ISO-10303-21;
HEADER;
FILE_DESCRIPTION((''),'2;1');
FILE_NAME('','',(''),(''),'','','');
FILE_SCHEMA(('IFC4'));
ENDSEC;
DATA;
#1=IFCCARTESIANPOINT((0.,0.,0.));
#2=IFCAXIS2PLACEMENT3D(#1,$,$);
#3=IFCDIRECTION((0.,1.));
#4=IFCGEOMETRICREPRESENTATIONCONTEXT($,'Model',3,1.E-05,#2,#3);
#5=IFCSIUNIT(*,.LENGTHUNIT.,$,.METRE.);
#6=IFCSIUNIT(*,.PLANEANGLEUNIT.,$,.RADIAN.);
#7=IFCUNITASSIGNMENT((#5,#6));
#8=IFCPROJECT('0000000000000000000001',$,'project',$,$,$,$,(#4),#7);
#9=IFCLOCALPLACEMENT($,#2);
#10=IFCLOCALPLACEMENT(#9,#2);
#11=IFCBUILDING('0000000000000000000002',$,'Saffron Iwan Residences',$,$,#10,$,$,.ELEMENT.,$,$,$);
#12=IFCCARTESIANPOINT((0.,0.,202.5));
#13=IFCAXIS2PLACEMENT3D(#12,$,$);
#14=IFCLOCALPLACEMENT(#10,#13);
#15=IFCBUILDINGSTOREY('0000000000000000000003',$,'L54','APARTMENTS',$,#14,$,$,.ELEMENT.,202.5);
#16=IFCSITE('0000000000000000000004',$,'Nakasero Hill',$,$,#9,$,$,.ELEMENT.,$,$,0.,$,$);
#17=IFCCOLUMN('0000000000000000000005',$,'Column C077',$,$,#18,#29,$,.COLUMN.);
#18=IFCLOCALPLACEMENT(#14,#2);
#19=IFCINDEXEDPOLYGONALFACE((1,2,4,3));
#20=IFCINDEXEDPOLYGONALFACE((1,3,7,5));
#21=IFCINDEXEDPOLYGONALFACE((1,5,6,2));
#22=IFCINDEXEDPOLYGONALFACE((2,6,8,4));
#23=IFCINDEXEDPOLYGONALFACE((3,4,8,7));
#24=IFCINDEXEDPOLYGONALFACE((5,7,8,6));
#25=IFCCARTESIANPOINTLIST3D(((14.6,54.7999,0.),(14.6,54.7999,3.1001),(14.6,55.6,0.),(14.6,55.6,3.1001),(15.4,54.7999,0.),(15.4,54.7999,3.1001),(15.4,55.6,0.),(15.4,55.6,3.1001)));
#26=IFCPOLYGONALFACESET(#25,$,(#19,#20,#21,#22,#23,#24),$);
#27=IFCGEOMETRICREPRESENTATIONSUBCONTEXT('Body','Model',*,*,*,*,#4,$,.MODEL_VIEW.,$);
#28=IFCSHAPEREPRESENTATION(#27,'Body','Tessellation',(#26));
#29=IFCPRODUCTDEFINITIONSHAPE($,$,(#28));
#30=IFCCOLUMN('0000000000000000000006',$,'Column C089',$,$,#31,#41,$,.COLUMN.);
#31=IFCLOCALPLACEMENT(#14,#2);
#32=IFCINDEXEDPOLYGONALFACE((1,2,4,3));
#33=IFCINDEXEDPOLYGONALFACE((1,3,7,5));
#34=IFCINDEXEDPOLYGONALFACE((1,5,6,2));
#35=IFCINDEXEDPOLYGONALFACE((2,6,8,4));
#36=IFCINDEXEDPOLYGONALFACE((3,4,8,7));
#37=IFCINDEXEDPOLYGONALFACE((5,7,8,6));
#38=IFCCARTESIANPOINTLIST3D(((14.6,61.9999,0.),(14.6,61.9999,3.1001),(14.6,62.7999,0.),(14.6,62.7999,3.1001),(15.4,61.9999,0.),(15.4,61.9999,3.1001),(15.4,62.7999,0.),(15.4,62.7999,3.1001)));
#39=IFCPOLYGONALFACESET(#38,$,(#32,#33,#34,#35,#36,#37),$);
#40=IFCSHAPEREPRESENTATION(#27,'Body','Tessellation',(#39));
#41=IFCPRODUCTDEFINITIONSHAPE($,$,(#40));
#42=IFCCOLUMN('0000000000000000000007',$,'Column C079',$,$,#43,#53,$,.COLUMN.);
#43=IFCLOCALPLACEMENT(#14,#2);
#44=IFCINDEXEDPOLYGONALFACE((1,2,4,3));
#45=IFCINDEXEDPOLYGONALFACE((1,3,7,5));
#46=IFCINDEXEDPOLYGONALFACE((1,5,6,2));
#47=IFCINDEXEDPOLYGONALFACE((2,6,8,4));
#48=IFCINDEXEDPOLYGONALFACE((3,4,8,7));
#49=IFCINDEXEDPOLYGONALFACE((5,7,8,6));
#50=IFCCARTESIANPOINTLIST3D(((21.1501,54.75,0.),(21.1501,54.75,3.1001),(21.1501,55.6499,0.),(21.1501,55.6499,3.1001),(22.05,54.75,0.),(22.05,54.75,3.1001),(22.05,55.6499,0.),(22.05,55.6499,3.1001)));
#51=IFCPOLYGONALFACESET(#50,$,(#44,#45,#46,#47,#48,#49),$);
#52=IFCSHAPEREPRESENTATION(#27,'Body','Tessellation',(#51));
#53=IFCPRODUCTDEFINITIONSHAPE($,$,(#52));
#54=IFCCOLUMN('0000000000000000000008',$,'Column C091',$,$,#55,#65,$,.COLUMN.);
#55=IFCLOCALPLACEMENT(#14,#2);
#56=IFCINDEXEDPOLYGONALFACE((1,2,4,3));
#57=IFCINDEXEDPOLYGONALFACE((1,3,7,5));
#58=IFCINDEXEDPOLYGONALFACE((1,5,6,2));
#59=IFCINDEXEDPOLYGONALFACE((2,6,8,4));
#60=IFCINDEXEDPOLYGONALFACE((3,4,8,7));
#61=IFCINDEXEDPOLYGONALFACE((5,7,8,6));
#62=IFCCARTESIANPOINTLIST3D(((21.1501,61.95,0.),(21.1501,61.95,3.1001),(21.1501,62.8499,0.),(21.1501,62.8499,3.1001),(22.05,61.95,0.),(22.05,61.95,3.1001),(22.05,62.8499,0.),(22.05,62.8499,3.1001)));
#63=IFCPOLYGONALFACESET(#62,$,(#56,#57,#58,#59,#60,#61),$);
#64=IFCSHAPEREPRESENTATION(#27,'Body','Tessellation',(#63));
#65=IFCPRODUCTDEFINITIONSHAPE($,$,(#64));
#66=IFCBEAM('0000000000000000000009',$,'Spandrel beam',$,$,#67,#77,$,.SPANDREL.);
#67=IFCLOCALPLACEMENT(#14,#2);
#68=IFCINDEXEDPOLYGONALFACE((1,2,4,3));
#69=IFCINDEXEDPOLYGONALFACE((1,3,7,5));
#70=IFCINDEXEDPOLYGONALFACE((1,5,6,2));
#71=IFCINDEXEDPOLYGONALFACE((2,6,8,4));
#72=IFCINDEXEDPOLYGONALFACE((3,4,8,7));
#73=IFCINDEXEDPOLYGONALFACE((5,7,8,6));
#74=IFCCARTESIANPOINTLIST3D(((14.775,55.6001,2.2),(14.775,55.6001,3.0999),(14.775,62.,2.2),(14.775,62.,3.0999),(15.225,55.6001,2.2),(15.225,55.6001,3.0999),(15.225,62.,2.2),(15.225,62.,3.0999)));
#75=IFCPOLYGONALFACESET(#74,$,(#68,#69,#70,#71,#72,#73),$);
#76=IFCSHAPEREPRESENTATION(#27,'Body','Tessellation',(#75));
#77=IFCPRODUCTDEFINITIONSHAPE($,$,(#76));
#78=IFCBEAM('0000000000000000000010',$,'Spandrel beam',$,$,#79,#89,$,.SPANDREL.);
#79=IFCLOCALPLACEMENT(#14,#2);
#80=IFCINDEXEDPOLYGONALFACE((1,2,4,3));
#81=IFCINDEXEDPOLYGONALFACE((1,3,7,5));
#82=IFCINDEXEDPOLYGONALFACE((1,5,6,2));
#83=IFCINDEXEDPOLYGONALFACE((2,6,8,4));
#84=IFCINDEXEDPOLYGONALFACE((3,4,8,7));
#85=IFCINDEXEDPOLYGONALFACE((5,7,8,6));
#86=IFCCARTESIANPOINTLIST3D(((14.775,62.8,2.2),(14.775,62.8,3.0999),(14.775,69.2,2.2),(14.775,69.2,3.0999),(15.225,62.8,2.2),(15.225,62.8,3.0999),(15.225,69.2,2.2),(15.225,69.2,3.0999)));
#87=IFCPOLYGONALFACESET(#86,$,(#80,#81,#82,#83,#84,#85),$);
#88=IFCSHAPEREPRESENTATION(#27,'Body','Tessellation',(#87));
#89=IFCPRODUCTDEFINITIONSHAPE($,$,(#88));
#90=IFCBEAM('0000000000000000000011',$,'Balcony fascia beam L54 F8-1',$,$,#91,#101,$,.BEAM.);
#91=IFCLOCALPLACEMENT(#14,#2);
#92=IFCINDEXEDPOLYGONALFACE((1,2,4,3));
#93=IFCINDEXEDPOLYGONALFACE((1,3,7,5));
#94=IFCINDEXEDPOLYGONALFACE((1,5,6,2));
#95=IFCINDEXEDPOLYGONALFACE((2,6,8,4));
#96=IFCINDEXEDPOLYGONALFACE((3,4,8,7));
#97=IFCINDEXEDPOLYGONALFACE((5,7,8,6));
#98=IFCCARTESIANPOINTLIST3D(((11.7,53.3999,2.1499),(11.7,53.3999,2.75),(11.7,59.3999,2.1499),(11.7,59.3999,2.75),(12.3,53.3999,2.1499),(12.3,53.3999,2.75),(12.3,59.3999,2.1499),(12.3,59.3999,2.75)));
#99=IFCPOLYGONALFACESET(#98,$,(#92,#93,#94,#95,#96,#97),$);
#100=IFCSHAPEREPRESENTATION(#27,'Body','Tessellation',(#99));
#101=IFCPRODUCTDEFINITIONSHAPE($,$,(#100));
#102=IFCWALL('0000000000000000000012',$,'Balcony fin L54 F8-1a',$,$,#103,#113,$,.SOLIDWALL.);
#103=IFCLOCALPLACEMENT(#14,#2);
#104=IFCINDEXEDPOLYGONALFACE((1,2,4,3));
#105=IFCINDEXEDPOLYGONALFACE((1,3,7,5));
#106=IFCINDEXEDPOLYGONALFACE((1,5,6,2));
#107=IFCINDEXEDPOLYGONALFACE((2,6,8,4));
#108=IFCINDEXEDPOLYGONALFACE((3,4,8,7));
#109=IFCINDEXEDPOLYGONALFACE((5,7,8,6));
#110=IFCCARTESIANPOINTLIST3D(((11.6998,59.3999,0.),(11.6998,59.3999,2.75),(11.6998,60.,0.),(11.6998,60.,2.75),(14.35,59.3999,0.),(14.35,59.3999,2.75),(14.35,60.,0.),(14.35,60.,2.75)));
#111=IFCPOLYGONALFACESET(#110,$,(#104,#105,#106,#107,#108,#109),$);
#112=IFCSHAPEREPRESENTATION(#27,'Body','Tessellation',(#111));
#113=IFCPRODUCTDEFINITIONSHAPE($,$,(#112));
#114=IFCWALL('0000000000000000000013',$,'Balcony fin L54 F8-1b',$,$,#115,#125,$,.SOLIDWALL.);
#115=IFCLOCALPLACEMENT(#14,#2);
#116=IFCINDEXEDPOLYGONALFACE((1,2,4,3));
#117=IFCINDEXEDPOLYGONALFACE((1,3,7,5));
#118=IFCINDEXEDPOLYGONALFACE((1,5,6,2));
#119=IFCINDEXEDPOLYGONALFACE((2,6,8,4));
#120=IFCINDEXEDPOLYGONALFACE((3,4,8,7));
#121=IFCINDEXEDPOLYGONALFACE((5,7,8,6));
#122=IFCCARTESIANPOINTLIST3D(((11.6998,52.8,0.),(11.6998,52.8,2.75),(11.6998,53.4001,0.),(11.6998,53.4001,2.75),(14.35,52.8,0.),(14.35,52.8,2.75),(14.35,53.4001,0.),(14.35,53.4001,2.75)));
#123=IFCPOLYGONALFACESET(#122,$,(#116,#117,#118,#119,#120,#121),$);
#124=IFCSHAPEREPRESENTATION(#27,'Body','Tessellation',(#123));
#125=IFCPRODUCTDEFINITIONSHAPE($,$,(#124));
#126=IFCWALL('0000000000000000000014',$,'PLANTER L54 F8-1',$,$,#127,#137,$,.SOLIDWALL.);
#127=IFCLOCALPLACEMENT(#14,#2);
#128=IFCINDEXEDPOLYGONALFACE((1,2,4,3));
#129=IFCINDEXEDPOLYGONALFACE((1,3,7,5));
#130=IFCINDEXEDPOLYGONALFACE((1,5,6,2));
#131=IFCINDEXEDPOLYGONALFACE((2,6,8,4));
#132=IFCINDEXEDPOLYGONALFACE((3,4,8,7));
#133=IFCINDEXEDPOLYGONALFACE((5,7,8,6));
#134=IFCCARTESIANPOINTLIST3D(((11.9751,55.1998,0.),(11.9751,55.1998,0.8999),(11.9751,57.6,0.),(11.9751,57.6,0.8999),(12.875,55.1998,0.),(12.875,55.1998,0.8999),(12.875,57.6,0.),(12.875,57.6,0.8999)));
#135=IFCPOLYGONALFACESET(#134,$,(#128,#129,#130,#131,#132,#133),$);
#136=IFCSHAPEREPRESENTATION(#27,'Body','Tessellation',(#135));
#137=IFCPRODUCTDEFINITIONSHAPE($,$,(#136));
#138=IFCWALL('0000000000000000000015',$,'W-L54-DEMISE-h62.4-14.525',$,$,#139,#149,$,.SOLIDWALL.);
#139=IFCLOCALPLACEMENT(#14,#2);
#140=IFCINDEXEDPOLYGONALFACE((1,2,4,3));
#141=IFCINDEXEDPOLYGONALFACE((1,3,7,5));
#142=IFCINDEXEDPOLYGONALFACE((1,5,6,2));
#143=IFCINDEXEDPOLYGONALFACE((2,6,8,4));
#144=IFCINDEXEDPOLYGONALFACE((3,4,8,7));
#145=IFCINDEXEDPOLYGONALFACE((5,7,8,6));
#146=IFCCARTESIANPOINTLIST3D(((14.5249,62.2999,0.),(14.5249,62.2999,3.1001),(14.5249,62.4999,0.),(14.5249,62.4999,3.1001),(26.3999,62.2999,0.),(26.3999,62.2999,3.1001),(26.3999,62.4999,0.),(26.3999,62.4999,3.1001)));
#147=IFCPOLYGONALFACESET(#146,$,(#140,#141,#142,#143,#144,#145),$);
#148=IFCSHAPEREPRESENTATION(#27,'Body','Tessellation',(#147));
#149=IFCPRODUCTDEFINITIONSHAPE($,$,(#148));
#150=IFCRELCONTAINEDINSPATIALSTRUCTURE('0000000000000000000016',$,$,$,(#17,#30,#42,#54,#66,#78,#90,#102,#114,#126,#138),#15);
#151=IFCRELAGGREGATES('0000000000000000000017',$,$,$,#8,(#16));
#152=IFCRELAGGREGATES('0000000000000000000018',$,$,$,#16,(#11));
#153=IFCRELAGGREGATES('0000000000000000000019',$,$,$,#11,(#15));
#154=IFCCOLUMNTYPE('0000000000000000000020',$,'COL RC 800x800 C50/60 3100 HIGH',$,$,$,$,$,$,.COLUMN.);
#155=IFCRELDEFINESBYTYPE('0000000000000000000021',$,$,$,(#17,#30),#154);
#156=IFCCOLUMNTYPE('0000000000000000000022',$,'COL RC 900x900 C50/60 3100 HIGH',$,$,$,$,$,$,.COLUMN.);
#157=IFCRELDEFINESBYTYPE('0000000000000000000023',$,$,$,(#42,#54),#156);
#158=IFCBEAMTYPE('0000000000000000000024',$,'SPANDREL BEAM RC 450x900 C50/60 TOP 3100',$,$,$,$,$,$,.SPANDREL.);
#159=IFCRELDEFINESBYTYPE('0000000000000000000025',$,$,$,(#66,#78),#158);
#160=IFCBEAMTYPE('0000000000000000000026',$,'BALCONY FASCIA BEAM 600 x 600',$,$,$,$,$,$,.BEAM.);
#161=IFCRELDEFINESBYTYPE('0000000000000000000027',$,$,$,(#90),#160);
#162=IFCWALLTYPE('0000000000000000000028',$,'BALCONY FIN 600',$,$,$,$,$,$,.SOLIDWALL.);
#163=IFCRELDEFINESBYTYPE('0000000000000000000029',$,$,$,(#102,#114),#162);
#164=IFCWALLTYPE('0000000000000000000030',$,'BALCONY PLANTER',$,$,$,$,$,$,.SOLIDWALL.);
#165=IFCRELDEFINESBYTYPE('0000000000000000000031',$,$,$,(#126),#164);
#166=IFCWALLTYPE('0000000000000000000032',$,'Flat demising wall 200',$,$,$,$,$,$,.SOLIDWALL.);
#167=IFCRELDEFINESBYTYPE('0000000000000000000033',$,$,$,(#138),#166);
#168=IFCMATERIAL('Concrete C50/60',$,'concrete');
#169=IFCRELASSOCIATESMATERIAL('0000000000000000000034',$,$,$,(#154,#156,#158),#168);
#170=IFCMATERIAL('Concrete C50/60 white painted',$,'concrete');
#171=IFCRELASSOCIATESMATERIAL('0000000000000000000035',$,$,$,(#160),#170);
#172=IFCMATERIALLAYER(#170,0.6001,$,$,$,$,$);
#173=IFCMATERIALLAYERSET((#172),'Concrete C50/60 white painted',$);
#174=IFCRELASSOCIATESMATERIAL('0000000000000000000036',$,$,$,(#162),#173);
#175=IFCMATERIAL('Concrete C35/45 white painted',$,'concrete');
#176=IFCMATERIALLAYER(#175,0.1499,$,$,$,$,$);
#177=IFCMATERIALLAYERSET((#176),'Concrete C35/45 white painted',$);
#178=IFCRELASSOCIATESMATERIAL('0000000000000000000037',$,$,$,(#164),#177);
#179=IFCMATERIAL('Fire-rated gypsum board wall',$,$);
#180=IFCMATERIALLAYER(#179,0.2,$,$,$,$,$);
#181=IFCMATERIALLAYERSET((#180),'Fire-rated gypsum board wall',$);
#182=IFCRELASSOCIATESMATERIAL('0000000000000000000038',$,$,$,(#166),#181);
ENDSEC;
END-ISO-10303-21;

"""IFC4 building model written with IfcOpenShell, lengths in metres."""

from ifc_helpers import new_model, si_unit, direction, frame, frame_2d, origin, origin_2d, place, context, subcontext, project, spatial, rectangle, extrude, source, transform, mapped, material, layer, layer_set, material_profile, profile_set, type_object, element, save


model = new_model("IFC4")

# Units and contexts
model_context = context("Model", 3, precision=1e-05, world=origin(), true_north=direction((0.0, 1.0)))
body_context = subcontext(model_context, "Body", "Model", "MODEL_VIEW")
ifc_project = project(units=[si_unit("LENGTHUNIT", "METRE"), si_unit("PLANEANGLEUNIT", "RADIAN")], contexts=[model_context])

# Site, building, storey
site_placement = place(None, origin())
site = spatial("IfcSite", under=ifc_project, at=site_placement, Name="Nakasero Hill", CompositionType="ELEMENT", RefElevation=0.0)
building_placement = place(site_placement, origin())
building = spatial("IfcBuilding", under=site, at=building_placement, Name="Saffron Iwan Residences", CompositionType="ELEMENT")
storey_placement = place(building_placement, frame((0.0, 0.0, 202.5)))
storey = spatial("IfcBuildingStorey", under=building, at=storey_placement, Name="L54", Description="APARTMENTS", CompositionType="ELEMENT", Elevation=202.5)

# Columns
ifc_material_1 = material(Name="Concrete C50/60", Category="concrete")
ifc_material_profile_1 = material_profile(ifc_material_1, rectangle(XDim=0.8, YDim=0.8, at=origin_2d()), Name="RC 800x800")
ifc_profile_set_1 = profile_set([ifc_material_profile_1], Name="Concrete C50/60")
column_type_1 = type_object("IfcColumnType", Name="COL RC 800x800 C50/60 3100 HIGH", PredefinedType="COLUMN", material=ifc_profile_set_1)
shared_shape_1 = source(origin(), body_context, "Body", "SweptSolid", [
    extrude(rectangle(XDim=0.8, YDim=0.8, at=origin_2d()), origin(), (0.0, 0.0, 1.0), 3.1001),
])
for number, where, z_axis, x_axis, name in (
    (1, (15.0, 55.2, 0.0), (0.0, 0.0, 1.0), (1.0, 0.0, 0.0), "Column C077"),
    (2, (15.0, 62.3999, 0.0), (0.0, 0.0, 1.0), (1.0, 0.0, 0.0), "Column C089"),
):
    element("IfcColumn", number, at=place(storey_placement, frame(where, z_axis=z_axis, x_axis=x_axis)), inside=storey, type_object=column_type_1, Name=name, PredefinedType="COLUMN", context=body_context, shape_type="MappedRepresentation", body=[
        mapped(shared_shape_1, transform((0.0, 0.0, 0.0))),
    ])
ifc_material_profile_2 = material_profile(ifc_material_1, rectangle(XDim=0.8999, YDim=0.8999, at=origin_2d()), Name="RC 900x900")
ifc_profile_set_2 = profile_set([ifc_material_profile_2], Name="Concrete C50/60")
column_type_2 = type_object("IfcColumnType", Name="COL RC 900x900 C50/60 3100 HIGH", PredefinedType="COLUMN", material=ifc_profile_set_2)
shared_shape_2 = source(origin(), body_context, "Body", "SweptSolid", [
    extrude(rectangle(XDim=0.8999, YDim=0.8999, at=origin_2d()), origin(), (0.0, 0.0, 1.0), 3.1001),
])
for number, where, z_axis, x_axis, name in (
    (3, (21.6001, 55.2, 0.0), (0.0, 0.0, 1.0), (1.0, 0.0, 0.0), "Column C079"),
    (4, (21.6001, 62.3999, 0.0), (0.0, 0.0, 1.0), (1.0, 0.0, 0.0), "Column C091"),
):
    element("IfcColumn", number, at=place(storey_placement, frame(where, z_axis=z_axis, x_axis=x_axis)), inside=storey, type_object=column_type_2, Name=name, PredefinedType="COLUMN", context=body_context, shape_type="MappedRepresentation", body=[
        mapped(shared_shape_2, transform((0.0, 0.0, 0.0))),
    ])

# Beams
ifc_material_profile_3 = material_profile(ifc_material_1, rectangle(XDim=0.45, YDim=0.8999, at=origin_2d()), Name="RC 450x900")
ifc_profile_set_3 = profile_set([ifc_material_profile_3], Name="Concrete C50/60")
beam_type_1 = type_object("IfcBeamType", Name="SPANDREL BEAM RC 450x900 C50/60 TOP 3100", PredefinedType="SPANDREL", material=ifc_profile_set_3)
shared_shape_3 = source(origin(), body_context, "Body", "SweptSolid", [
    extrude(rectangle(XDim=0.45, YDim=0.8999, at=origin_2d()), origin(), (0.0, 0.0, 1.0), 6.3999),
])
for number, where, z_axis, x_axis, name in (
    (5, (15.0, 55.6001, 2.6499), (0.0, 1.0, 0.0), (-1.0, 0.0, 0.0), "Spandrel beam"),
    (6, (15.0, 62.8, 2.6499), (0.0, 1.0, 0.0), (-1.0, 0.0, 0.0), "Spandrel beam"),
):
    element("IfcBeam", number, at=place(storey_placement, frame(where, z_axis=z_axis, x_axis=x_axis)), inside=storey, type_object=beam_type_1, Name=name, PredefinedType="SPANDREL", context=body_context, shape_type="MappedRepresentation", body=[
        mapped(shared_shape_3, transform((0.0, 0.0, 0.0))),
    ])
ifc_material_2 = material(Name="Concrete C50/60 white painted", Category="concrete")
ifc_material_profile_4 = material_profile(ifc_material_2, rectangle(XDim=0.6001, YDim=0.6001, at=origin_2d()), Name="BALCONY FASCIA BEAM 600 x 600")
ifc_profile_set_4 = profile_set([ifc_material_profile_4], Name="Concrete C50/60 white painted")
beam_type_2 = type_object("IfcBeamType", Name="BALCONY FASCIA BEAM 600 x 600", PredefinedType="BEAM", material=ifc_profile_set_4)
shared_shape_4 = source(origin(), body_context, "Body", "SweptSolid", [
    extrude(rectangle(XDim=0.6001, YDim=0.6001, at=origin_2d()), origin(), (0.0, 0.0, 1.0), 6.0),
])
beam_placement = place(storey_placement, frame((12.0, 59.3999, 2.45), z_axis=(0.0, -1.0, 0.0), x_axis=(1.0, 0.0, 0.0)))
element("IfcBeam", 7, at=beam_placement, inside=storey, type_object=beam_type_2, Name="Balcony fascia beam L54 F8-1", PredefinedType="BEAM", context=body_context, shape_type="MappedRepresentation", body=[
    mapped(shared_shape_4, transform((0.0, 0.0, 0.0))),
])

# Walls
ifc_layer_1 = layer(ifc_material_2, 0.6001)
ifc_layer_set_1 = layer_set([ifc_layer_1], Name="Concrete C50/60 white painted")
wall_type_1 = type_object("IfcWallType", Name="BALCONY FIN 600", PredefinedType="SOLIDWALL", material=ifc_layer_set_1)
for number, where, z_axis, x_axis, name in (
    (8, (14.3501, 59.7, 0.0), (0.0, 0.0, 1.0), (-1.0, 0.0, 0.0), "Balcony fin L54 F8-1a"),
    (9, (14.3501, 53.1001, 0.0), (0.0, 0.0, 1.0), (-1.0, 0.0, 0.0), "Balcony fin L54 F8-1b"),
):
    element("IfcWall", number, at=place(storey_placement, frame(where, z_axis=z_axis, x_axis=x_axis)), inside=storey, type_object=wall_type_1, Name=name, PredefinedType="SOLIDWALL", context=body_context, shape_type="SweptSolid", body=[
        extrude(rectangle(XDim=2.6501, YDim=0.6001, at=frame_2d((1.3252, 0.0))), origin(), (0.0, 0.0, 1.0), 2.75),
    ])
ifc_material_3 = material(Name="Concrete C35/45 white painted", Category="concrete")
ifc_layer_2 = layer(ifc_material_3, 0.1499)
ifc_layer_set_2 = layer_set([ifc_layer_2], Name="Concrete C35/45 white painted")
wall_type_2 = type_object("IfcWallType", Name="BALCONY PLANTER", PredefinedType="SOLIDWALL", material=ifc_layer_set_2)
wall_1_placement = place(storey_placement, frame((12.425, 57.6001, 0.0), z_axis=(0.0, 0.0, 1.0), x_axis=(0.0, -1.0, 0.0)))
element("IfcWall", 10, at=wall_1_placement, inside=storey, type_object=wall_type_2, Name="PLANTER L54 F8-1", PredefinedType="SOLIDWALL", context=body_context, shape_type="SweptSolid", body=[
    extrude(rectangle(XDim=2.4001, YDim=0.8999, at=frame_2d((1.2002, 0.0))), origin(), (0.0, 0.0, 1.0), 0.8999),
])
ifc_material_4 = material(Name="Fire-rated gypsum board wall")
ifc_layer_3 = layer(ifc_material_4, 0.2)
ifc_layer_set_3 = layer_set([ifc_layer_3], Name="Fire-rated gypsum board wall")
wall_type_3 = type_object("IfcWallType", Name="Flat demising wall 200", PredefinedType="SOLIDWALL", material=ifc_layer_set_3)
wall_2_placement = place(storey_placement, frame((14.5249, 62.3999, 0.0), z_axis=(0.0, 0.0, 1.0), x_axis=(1.0, 0.0, 0.0)))
element("IfcWall", 11, at=wall_2_placement, inside=storey, type_object=wall_type_3, Name="W-L54-DEMISE-h62.4-14.525", PredefinedType="SOLIDWALL", context=body_context, shape_type="SweptSolid", body=[
    extrude(rectangle(XDim=11.875, YDim=0.2, at=frame_2d((5.9375, 0.0))), origin(), (0.0, 0.0, 1.0), 3.1001),
])

save(model, "model.ifc")
